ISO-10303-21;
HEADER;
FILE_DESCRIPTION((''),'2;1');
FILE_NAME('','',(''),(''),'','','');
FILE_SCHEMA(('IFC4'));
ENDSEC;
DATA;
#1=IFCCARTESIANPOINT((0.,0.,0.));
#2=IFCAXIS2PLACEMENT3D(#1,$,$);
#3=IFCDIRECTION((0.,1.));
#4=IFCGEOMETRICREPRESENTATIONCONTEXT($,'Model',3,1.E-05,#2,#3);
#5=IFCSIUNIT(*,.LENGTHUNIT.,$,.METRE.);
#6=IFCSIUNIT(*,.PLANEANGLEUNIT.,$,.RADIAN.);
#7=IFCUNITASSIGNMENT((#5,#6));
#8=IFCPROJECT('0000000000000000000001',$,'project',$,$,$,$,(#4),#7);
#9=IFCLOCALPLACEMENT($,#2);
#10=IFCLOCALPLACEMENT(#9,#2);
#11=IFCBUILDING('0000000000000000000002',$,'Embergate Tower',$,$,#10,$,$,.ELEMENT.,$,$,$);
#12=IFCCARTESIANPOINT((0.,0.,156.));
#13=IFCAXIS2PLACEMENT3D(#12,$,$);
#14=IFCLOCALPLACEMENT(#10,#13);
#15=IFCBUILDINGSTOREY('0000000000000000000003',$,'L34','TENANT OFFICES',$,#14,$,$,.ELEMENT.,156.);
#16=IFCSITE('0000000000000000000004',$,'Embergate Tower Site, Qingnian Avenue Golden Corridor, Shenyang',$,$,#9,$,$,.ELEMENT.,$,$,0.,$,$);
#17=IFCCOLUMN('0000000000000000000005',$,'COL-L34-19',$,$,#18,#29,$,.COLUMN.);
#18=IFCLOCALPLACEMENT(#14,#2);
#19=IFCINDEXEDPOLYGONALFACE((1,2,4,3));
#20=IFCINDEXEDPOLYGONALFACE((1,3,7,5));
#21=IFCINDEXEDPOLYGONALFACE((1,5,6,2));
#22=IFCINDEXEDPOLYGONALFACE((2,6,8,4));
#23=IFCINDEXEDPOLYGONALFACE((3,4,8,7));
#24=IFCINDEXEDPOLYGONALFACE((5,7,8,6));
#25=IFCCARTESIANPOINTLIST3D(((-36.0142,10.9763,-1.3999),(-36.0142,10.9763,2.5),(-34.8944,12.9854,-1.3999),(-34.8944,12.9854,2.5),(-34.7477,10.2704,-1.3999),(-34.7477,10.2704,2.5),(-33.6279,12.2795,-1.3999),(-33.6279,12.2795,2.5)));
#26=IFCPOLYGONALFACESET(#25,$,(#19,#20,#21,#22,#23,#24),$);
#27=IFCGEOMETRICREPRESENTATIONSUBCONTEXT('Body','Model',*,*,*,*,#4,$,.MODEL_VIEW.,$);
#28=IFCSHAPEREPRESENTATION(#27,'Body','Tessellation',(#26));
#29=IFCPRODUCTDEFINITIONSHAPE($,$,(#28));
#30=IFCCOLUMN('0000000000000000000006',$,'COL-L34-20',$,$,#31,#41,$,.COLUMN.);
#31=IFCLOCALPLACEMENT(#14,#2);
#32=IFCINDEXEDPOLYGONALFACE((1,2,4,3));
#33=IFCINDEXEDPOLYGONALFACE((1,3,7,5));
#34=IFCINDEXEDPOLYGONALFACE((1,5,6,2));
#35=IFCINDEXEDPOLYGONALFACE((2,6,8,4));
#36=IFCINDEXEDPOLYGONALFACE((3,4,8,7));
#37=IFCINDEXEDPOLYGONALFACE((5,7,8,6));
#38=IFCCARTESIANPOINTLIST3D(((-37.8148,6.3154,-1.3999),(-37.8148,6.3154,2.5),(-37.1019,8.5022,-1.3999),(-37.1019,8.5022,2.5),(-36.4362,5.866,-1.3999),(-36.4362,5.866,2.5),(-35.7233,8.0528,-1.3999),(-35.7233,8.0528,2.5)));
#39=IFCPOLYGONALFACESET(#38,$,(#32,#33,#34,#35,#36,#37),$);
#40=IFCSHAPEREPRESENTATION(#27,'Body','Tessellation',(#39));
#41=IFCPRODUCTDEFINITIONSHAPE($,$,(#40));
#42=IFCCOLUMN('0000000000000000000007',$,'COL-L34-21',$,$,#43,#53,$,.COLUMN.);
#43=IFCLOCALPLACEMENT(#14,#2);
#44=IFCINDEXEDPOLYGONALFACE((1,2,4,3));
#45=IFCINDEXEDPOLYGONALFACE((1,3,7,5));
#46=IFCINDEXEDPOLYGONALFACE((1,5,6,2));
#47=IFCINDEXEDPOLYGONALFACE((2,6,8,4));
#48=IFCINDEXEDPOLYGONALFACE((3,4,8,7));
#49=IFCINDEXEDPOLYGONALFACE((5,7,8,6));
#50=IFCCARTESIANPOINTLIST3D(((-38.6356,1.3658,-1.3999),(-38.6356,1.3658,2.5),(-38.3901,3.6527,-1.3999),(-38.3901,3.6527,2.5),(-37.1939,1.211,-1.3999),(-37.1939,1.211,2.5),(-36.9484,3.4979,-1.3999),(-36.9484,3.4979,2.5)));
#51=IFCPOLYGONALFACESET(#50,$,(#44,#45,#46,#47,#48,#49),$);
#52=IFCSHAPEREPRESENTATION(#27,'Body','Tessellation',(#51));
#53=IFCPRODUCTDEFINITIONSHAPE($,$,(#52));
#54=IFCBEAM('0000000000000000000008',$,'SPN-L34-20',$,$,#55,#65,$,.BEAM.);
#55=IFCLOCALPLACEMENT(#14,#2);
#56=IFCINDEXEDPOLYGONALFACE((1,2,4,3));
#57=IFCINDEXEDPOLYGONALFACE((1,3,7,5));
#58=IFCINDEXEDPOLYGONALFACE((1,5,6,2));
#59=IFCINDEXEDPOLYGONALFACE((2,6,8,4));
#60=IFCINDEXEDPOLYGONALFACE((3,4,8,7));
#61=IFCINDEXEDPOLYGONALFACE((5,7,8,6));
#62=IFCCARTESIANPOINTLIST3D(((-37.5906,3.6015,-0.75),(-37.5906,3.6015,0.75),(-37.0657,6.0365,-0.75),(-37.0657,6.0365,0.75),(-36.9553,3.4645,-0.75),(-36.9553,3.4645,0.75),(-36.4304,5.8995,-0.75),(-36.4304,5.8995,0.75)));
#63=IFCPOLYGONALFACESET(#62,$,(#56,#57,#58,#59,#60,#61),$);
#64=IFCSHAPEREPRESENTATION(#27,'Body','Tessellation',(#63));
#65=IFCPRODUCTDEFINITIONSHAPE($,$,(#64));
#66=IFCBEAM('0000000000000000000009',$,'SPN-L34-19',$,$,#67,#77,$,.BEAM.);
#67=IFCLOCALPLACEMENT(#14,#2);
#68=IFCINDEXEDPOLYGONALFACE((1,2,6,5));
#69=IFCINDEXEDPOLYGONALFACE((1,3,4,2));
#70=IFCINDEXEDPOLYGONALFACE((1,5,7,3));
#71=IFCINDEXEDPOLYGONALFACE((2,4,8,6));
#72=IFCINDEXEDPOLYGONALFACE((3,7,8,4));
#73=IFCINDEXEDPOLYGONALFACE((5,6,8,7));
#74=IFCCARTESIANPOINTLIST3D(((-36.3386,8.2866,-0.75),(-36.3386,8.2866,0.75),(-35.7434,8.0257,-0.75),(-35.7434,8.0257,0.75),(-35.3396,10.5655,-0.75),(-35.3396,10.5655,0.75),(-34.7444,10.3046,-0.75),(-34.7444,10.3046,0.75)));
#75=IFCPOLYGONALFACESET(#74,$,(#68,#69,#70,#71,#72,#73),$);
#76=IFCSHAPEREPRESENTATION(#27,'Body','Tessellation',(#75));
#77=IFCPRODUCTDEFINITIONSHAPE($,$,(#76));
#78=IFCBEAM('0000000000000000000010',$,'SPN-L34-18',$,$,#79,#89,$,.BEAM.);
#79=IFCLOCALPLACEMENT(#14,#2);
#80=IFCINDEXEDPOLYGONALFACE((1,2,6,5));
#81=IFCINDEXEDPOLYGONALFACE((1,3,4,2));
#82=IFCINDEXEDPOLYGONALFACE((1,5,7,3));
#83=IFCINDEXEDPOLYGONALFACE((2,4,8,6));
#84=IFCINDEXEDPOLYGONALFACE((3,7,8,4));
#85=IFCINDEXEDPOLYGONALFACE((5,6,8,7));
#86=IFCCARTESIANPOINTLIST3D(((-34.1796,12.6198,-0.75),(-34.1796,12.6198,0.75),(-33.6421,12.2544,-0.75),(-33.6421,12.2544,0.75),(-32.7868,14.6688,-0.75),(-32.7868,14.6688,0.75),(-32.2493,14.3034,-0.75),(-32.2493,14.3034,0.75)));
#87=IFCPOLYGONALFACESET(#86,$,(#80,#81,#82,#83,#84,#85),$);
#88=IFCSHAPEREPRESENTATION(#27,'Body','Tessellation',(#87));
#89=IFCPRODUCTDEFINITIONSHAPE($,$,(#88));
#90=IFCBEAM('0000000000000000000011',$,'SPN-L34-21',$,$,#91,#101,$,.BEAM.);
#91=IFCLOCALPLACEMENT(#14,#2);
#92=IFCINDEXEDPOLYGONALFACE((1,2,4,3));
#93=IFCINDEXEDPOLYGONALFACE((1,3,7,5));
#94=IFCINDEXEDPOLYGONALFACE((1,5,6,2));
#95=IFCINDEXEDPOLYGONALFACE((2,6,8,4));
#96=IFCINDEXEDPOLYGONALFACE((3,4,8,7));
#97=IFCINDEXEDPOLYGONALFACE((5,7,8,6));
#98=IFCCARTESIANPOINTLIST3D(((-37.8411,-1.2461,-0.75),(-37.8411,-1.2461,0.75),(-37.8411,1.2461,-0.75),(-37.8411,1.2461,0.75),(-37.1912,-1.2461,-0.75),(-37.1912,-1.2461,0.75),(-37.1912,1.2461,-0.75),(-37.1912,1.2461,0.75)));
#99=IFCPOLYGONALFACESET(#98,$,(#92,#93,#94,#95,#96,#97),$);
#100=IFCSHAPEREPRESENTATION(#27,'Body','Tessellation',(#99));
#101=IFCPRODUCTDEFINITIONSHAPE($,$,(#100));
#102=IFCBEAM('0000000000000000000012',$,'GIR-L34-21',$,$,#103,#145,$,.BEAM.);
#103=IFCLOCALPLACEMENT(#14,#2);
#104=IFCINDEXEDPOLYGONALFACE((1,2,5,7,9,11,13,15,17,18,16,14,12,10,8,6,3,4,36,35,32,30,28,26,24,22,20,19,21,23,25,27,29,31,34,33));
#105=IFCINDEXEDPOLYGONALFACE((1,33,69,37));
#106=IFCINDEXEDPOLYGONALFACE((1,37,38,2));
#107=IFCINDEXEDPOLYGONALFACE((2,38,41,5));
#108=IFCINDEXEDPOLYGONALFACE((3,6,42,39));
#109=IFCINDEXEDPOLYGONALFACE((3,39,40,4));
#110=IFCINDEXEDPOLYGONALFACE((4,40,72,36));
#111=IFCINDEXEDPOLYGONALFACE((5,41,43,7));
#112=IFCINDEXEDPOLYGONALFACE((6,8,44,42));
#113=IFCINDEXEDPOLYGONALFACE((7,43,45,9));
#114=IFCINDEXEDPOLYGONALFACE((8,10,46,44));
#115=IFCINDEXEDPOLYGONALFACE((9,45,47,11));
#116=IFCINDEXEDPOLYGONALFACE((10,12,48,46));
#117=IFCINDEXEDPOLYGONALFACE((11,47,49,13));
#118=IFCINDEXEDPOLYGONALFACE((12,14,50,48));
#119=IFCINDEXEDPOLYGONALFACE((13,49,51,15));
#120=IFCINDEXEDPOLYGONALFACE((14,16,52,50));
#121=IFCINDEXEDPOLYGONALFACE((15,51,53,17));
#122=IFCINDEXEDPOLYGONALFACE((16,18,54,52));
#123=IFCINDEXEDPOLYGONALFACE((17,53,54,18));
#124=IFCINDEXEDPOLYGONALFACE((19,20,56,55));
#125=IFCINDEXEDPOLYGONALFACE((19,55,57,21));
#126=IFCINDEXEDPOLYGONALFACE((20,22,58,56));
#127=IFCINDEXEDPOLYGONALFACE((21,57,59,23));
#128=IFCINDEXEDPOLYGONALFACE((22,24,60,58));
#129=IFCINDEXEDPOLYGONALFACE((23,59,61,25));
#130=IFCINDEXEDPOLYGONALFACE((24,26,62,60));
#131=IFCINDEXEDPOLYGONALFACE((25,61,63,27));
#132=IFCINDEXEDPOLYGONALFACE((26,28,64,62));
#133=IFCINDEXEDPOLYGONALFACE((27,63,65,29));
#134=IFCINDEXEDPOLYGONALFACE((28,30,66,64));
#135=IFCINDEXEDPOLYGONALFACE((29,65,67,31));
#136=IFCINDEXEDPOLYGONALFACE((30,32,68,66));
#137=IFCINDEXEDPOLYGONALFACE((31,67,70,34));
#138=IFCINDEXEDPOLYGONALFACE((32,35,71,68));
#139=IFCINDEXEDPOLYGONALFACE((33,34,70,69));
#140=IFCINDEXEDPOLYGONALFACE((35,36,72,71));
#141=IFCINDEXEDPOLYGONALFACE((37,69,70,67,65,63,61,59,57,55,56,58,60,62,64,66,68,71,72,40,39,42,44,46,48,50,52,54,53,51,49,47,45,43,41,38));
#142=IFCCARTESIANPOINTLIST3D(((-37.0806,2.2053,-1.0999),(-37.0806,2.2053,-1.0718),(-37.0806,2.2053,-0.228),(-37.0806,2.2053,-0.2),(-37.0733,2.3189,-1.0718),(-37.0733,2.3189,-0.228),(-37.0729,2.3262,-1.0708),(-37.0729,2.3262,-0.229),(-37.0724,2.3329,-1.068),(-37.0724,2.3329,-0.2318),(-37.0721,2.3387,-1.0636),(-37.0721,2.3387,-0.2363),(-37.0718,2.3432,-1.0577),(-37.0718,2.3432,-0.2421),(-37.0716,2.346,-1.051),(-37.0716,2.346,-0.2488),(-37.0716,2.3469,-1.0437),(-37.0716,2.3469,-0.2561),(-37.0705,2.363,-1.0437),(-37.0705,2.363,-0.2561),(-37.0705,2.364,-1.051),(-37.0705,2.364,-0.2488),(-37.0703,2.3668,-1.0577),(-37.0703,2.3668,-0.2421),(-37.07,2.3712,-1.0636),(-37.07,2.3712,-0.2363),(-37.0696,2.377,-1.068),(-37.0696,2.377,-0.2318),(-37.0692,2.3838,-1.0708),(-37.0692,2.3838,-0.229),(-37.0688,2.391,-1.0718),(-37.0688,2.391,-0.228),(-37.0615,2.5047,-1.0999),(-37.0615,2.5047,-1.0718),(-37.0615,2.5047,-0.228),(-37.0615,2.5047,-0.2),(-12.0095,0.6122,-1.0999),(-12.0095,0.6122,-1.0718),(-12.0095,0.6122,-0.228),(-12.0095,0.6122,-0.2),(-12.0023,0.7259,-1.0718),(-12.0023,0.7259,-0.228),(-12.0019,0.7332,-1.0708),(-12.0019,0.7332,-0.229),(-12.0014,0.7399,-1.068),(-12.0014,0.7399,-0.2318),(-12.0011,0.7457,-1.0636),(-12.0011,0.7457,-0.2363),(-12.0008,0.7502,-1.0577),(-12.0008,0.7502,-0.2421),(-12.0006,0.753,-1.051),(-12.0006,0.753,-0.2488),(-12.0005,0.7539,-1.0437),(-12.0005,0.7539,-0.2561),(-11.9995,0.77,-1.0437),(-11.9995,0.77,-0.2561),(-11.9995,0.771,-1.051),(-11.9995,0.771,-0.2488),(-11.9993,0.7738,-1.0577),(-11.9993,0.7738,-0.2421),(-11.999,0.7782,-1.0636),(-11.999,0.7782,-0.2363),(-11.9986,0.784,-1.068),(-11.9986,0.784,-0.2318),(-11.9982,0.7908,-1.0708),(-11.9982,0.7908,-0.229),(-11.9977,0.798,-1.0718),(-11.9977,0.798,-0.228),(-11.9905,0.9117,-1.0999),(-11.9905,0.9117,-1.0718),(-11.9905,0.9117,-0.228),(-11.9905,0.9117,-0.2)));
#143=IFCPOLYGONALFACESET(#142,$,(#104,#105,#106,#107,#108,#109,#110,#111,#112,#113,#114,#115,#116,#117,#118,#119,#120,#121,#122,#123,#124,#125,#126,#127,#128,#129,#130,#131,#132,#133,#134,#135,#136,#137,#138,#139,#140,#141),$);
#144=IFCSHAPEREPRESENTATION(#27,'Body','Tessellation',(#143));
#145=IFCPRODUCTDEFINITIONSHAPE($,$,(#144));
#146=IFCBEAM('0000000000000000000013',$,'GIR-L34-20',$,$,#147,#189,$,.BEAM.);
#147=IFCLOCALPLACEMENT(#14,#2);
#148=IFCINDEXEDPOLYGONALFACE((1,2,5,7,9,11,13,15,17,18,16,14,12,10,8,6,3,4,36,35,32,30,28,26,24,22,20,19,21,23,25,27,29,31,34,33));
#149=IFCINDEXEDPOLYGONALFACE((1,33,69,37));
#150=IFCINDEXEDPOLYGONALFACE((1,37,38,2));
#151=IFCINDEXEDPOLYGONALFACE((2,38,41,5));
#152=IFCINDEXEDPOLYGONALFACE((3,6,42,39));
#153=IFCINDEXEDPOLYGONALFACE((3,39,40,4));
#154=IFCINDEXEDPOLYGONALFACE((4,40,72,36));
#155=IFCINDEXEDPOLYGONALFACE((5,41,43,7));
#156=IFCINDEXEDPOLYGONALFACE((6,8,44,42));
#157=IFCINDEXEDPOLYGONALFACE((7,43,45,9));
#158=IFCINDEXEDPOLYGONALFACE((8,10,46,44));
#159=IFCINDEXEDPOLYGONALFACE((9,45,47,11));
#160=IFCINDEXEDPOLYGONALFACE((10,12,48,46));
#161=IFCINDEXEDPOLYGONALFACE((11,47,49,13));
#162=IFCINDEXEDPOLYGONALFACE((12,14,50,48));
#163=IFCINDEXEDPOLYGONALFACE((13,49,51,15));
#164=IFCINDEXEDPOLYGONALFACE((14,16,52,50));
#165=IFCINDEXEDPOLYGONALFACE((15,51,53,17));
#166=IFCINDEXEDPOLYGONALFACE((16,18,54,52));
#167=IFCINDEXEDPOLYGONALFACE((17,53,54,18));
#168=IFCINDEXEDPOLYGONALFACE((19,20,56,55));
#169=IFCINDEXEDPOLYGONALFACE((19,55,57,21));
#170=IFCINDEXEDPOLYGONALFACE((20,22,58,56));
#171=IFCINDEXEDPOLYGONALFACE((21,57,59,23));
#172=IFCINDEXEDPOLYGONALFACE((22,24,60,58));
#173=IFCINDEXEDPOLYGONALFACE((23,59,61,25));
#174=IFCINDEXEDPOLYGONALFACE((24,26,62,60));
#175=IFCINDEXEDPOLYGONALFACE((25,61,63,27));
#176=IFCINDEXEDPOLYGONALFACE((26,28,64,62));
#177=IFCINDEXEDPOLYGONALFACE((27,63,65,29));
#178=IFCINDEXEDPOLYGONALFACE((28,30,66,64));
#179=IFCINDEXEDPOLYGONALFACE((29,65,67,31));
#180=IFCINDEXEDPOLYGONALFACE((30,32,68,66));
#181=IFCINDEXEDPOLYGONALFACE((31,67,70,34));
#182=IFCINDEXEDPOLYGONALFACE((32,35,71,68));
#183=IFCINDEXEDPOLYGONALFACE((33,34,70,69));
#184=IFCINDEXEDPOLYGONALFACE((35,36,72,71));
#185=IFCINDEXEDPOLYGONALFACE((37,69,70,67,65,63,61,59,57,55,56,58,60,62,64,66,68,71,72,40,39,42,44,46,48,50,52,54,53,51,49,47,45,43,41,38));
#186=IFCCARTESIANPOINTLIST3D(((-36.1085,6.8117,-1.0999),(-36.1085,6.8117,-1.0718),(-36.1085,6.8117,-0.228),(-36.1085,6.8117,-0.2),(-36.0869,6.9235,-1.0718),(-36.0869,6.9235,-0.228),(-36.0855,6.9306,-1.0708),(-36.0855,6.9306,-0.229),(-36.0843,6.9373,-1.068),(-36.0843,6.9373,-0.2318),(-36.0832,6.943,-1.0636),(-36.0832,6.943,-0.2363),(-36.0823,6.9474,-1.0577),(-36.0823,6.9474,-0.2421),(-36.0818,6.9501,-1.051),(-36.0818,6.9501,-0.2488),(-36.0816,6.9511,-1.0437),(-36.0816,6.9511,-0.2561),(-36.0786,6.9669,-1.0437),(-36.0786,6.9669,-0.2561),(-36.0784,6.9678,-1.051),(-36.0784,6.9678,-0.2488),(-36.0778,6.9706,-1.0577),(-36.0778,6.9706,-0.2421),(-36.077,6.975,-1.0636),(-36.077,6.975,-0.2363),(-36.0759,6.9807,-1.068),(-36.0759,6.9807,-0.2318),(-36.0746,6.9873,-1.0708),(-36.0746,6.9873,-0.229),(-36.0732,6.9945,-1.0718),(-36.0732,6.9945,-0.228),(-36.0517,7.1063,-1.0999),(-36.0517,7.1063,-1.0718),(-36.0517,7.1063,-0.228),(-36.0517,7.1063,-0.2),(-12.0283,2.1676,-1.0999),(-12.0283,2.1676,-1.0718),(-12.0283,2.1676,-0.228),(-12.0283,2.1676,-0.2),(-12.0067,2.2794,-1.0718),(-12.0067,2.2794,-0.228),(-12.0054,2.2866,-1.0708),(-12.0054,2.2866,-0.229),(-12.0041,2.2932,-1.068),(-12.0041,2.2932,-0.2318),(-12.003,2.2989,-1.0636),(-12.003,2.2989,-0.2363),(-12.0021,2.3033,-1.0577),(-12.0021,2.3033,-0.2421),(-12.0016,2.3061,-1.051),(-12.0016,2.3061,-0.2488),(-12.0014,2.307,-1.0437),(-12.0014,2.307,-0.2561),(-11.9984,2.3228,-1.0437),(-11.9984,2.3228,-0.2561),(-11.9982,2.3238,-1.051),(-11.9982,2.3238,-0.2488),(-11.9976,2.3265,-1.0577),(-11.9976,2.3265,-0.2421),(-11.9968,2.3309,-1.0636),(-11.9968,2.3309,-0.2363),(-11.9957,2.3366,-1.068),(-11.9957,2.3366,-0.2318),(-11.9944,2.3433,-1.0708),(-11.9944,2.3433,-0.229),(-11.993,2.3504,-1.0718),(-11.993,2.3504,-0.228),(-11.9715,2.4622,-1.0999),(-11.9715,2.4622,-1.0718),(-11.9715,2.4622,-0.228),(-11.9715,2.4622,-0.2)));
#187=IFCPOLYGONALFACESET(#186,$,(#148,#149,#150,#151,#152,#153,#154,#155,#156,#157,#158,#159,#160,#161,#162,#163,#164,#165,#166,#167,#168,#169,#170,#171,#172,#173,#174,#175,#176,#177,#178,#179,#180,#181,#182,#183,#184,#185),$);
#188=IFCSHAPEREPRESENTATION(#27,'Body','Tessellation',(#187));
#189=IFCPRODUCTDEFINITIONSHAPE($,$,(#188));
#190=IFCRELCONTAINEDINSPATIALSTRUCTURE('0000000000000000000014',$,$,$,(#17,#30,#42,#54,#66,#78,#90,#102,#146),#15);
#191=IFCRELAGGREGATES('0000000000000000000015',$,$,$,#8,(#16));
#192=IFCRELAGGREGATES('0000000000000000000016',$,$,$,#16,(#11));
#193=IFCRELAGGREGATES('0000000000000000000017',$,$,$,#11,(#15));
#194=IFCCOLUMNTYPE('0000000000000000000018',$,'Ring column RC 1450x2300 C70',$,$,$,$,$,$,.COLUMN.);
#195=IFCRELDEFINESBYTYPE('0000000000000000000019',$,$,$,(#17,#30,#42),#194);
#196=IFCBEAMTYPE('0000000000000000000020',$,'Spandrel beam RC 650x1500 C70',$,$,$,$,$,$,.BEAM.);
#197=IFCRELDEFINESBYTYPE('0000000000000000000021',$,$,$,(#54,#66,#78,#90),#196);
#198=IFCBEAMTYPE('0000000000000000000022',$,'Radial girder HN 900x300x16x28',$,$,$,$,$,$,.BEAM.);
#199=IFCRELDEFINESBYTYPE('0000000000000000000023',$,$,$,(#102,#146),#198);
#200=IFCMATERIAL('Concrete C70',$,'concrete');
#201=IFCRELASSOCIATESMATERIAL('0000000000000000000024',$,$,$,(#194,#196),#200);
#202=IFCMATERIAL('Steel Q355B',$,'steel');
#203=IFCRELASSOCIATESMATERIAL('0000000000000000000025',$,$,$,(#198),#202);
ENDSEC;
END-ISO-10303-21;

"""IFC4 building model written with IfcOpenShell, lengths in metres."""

from ifc_helpers import new_model, si_unit, direction, frame, origin, origin_2d, place, context, subcontext, project, spatial, rectangle, i_section, extrude, source, transform, mapped, material, material_profile, profile_set, type_object, element, save


model = new_model("IFC4")

# Units and contexts
model_context = context("Model", 3, precision=1e-05, world=origin(), true_north=direction((0.0, 1.0)))
body_context = subcontext(model_context, "Body", "Model", "MODEL_VIEW")
ifc_project = project(units=[si_unit("LENGTHUNIT", "METRE"), si_unit("PLANEANGLEUNIT", "RADIAN")], contexts=[model_context])

# Site, building, storey
site_placement = place(None, origin())
site = spatial("IfcSite", under=ifc_project, at=site_placement, Name="Embergate Tower Site, Qingnian Avenue Golden Corridor, Shenyang", CompositionType="ELEMENT", RefElevation=0.0)
building_placement = place(site_placement, origin())
building = spatial("IfcBuilding", under=site, at=building_placement, Name="Embergate Tower", CompositionType="ELEMENT")
storey_placement = place(building_placement, frame((0.0, 0.0, 156.0)))
storey = spatial("IfcBuildingStorey", under=building, at=storey_placement, Name="L34", Description="TENANT OFFICES", CompositionType="ELEMENT", Elevation=156.0)

# Columns
ifc_material_1 = material(Name="Concrete C70", Category="concrete")
ifc_material_profile_1 = material_profile(ifc_material_1, rectangle(XDim=1.45, YDim=2.3, at=origin_2d()), Name="RC 1450x2300")
ifc_profile_set_1 = profile_set([ifc_material_profile_1], Name="Concrete C70")
column_type = type_object("IfcColumnType", Name="Ring column RC 1450x2300 C70", PredefinedType="COLUMN", material=ifc_profile_set_1)
shared_shape_1 = source(origin(), body_context, "Body", "SweptSolid", [
    extrude(rectangle(XDim=1.45, YDim=2.3, at=origin_2d()), origin(), (0.0, 0.0, 1.0), 3.8999),
])
for number, where, z_axis, x_axis, name in (
    (1, (-34.821, 11.6279, -1.3999), (0.0, 0.0, 1.0), (-0.873492, 0.486839, 0.0), "COL-L34-19"),
    (2, (-36.769, 7.1841, -1.3999), (0.0, 0.0, 1.0), (-0.950754, 0.309946, 0.0), "COL-L34-20"),
    (3, (-37.792, 2.4319, -1.3999), (0.0, 0.0, 1.0), (-0.994286, 0.10675, 0.0), "COL-L34-21"),
):
    element("IfcColumn", number, at=place(storey_placement, frame(where, z_axis=z_axis, x_axis=x_axis)), inside=storey, type_object=column_type, Name=name, PredefinedType="COLUMN", context=body_context, shape_type="MappedRepresentation", body=[
        mapped(shared_shape_1, transform((0.0, 0.0, 0.0))),
    ])

# Beams
ifc_material_profile_2 = material_profile(ifc_material_1, rectangle(XDim=0.6499, YDim=1.5, at=origin_2d()), Name="RC 650x1500")
ifc_profile_set_2 = profile_set([ifc_material_profile_2], Name="Concrete C70")
beam_type_1 = type_object("IfcBeamType", Name="Spandrel beam RC 650x1500 C70", PredefinedType="BEAM", material=ifc_profile_set_2)
shared_shape_2 = source(origin(), body_context, "Body", "SweptSolid", [
    extrude(rectangle(XDim=0.6499, YDim=1.5, at=origin_2d()), origin(), (0.0, 0.0, 1.0), 2.491),
])
beam_1_placement = place(storey_placement, frame((-36.748, 5.968, 0.0), z_axis=(-0.21072, -0.977546, 0.0), x_axis=(0.977546, -0.21072, 0.0)))
element("IfcBeam", 4, at=beam_1_placement, inside=storey, type_object=beam_type_1, Name="SPN-L34-20", PredefinedType="BEAM", context=body_context, shape_type="MappedRepresentation", body=[
    mapped(shared_shape_2, transform((0.0, 0.0, 0.0))),
])
shared_shape_3 = source(origin(), body_context, "Body", "SweptSolid", [
    extrude(rectangle(XDim=0.6499, YDim=1.5, at=origin_2d()), origin(), (0.0, 0.0, 1.0), 2.4883),
])
beam_2_placement = place(storey_placement, frame((-35.042, 10.4351, 0.0), z_axis=(-0.401472, -0.915871, 0.0), x_axis=(0.915871, -0.401472, 0.0)))
element("IfcBeam", 5, at=beam_2_placement, inside=storey, type_object=beam_type_1, Name="SPN-L34-19", PredefinedType="BEAM", context=body_context, shape_type="MappedRepresentation", body=[
    mapped(shared_shape_3, transform((0.0, 0.0, 0.0))),
])
shared_shape_4 = source(origin(), body_context, "Body", "SweptSolid", [
    extrude(rectangle(XDim=0.6499, YDim=1.5, at=origin_2d()), origin(), (0.0, 0.0, 1.0), 2.4775),
])
beam_3_placement = place(storey_placement, frame((-32.5181, 14.4861, 0.0), z_axis=(-0.562159, -0.827029, 0.0), x_axis=(0.827029, -0.562159, 0.0)))
element("IfcBeam", 6, at=beam_3_placement, inside=storey, type_object=beam_type_1, Name="SPN-L34-18", PredefinedType="BEAM", context=body_context, shape_type="MappedRepresentation", body=[
    mapped(shared_shape_4, transform((0.0, 0.0, 0.0))),
])
shared_shape_5 = source(origin(), body_context, "Body", "SweptSolid", [
    extrude(rectangle(XDim=0.6499, YDim=1.5, at=origin_2d()), origin(), (0.0, 0.0, 1.0), 2.4922),
])
beam_4_placement = place(storey_placement, frame((-37.5161, 1.2461, 0.0), z_axis=(0.0, -1.0, 0.0), x_axis=(1.0, 0.0, 0.0)))
element("IfcBeam", 7, at=beam_4_placement, inside=storey, type_object=beam_type_1, Name="SPN-L34-21", PredefinedType="BEAM", context=body_context, shape_type="MappedRepresentation", body=[
    mapped(shared_shape_5, transform((0.0, 0.0, 0.0))),
])
ifc_material_2 = material(Name="Steel Q355B", Category="steel")
ifc_material_profile_3 = material_profile(ifc_material_2, i_section(OverallWidth=0.3, OverallDepth=0.8999, WebThickness=0.0161, FlangeThickness=0.0281, FilletRadius=0.0281, at=origin_2d()), Name="HN 900x300x16x28")
ifc_profile_set_3 = profile_set([ifc_material_profile_3], Name="Steel Q355 grade B")
beam_type_2 = type_object("IfcBeamType", Name="Radial girder HN 900x300x16x28", PredefinedType="BEAM", material=ifc_profile_set_3)
shared_shape_6 = source(origin(), body_context, "Body", "SweptSolid", [
    extrude(i_section(OverallWidth=0.3, OverallDepth=0.8999, WebThickness=0.0161, FlangeThickness=0.0281, FilletRadius=0.0281, at=origin_2d()), origin(), (0.0, 0.0, 1.0), 25.1216),
])
beam_5_placement = place(storey_placement, frame((-37.071, 2.355, -0.6499), z_axis=(0.997987, -0.063412, 0.0), x_axis=(0.063412, 0.997987, 0.0)))
element("IfcBeam", 8, at=beam_5_placement, inside=storey, type_object=beam_type_2, Name="GIR-L34-21", PredefinedType="BEAM", context=body_context, shape_type="MappedRepresentation", body=[
    mapped(shared_shape_6, transform((0.0, 0.0, 0.0))),
])
shared_shape_7 = source(origin(), body_context, "Body", "SweptSolid", [
    extrude(i_section(OverallWidth=0.3, OverallDepth=0.8999, WebThickness=0.0161, FlangeThickness=0.0281, FilletRadius=0.0281, at=origin_2d()), origin(), (0.0, 0.0, 1.0), 24.5239),
])
beam_6_placement = place(storey_placement, frame((-36.0801, 6.959, -0.6499), z_axis=(0.981906, -0.189369, 0.0), x_axis=(0.189369, 0.981906, 0.0)))
element("IfcBeam", 9, at=beam_6_placement, inside=storey, type_object=beam_type_2, Name="GIR-L34-20", PredefinedType="BEAM", context=body_context, shape_type="MappedRepresentation", body=[
    mapped(shared_shape_7, transform((0.0, 0.0, 0.0))),
])

save(model, "model.ifc")
